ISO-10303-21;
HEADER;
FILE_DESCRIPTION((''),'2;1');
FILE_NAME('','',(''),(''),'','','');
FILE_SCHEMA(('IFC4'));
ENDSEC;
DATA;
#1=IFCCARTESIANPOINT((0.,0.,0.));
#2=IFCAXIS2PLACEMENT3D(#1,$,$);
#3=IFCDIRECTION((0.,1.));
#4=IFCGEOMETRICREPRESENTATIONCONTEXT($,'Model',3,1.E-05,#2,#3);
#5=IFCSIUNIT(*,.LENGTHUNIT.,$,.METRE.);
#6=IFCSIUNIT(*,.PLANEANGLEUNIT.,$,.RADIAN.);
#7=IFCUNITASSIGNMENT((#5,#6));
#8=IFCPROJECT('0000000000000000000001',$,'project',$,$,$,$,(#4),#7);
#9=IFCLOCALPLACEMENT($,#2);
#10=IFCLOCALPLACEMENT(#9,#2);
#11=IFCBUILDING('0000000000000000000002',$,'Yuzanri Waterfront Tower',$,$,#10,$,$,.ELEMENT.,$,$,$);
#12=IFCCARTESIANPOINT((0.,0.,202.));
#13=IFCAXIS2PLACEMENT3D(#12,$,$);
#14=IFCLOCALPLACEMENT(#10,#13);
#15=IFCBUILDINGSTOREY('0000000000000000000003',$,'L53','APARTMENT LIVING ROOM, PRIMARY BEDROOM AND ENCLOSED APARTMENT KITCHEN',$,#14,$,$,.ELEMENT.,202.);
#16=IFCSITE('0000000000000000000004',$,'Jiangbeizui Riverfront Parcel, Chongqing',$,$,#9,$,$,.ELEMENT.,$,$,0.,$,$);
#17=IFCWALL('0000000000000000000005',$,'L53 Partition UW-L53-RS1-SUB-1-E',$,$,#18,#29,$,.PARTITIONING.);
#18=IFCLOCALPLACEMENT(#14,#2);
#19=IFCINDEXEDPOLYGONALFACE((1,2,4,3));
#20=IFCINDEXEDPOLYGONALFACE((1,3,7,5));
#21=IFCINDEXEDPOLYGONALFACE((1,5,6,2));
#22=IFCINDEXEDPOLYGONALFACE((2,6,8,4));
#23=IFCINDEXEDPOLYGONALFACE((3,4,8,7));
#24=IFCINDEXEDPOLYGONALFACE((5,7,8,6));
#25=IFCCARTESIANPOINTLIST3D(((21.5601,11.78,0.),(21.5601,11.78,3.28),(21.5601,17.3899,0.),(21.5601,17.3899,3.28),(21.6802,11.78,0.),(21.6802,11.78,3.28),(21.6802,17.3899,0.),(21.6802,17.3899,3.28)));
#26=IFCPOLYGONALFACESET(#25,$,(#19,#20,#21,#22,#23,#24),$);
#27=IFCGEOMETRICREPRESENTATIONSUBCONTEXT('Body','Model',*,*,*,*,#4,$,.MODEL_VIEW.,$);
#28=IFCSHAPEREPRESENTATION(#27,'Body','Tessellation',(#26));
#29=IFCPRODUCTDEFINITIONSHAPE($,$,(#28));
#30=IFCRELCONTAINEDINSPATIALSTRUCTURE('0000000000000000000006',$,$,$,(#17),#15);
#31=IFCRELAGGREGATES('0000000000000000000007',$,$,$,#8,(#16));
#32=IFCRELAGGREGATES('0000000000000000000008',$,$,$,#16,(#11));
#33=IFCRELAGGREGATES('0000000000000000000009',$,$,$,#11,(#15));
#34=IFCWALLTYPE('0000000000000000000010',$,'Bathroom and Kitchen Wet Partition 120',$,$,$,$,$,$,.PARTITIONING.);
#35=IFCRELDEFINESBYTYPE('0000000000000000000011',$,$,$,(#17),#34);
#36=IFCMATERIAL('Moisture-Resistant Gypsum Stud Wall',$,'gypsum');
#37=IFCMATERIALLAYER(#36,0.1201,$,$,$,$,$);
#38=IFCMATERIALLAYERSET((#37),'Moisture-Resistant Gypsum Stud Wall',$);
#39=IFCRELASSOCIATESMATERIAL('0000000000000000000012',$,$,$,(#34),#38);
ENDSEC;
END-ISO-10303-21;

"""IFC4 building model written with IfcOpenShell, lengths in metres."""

from ifc_helpers import new_model, si_unit, direction, frame, frame_2d, origin, place, context, subcontext, project, spatial, rectangle, extrude, source, transform, mapped, material, layer, layer_set, type_object, element, save


model = new_model("IFC4")

# Units and contexts
model_context = context("Model", 3, precision=1e-05, world=origin(), true_north=direction((0.0, 1.0)))
body_context = subcontext(model_context, "Body", "Model", "MODEL_VIEW")
ifc_project = project(units=[si_unit("LENGTHUNIT", "METRE"), si_unit("PLANEANGLEUNIT", "RADIAN")], contexts=[model_context])

# Site, building, storey
site_placement = place(None, origin())
site = spatial("IfcSite", under=ifc_project, at=site_placement, Name="Jiangbeizui Riverfront Parcel, Chongqing", CompositionType="ELEMENT", RefElevation=0.0)
building_placement = place(site_placement, origin())
building = spatial("IfcBuilding", under=site, at=building_placement, Name="Yuzanri Waterfront Tower", CompositionType="ELEMENT")
storey_placement = place(building_placement, frame((0.0, 0.0, 202.0)))
storey = spatial("IfcBuildingStorey", under=building, at=storey_placement, Name="L53", Description="APARTMENT LIVING ROOM, PRIMARY BEDROOM AND ENCLOSED APARTMENT KITCHEN", CompositionType="ELEMENT", Elevation=202.0)

# Shared definitions
ifc_material_1 = material(Name="Moisture-Resistant Gypsum Stud Wall", Category="gypsum")
ifc_layer_1 = layer(ifc_material_1, 0.1201)
ifc_layer_set_1 = layer_set([ifc_layer_1], Name="Moisture-Resistant Gypsum Stud Wall")
wall_type_1 = type_object("IfcWallType", Name="Bathroom and Kitchen Wet Partition 120", PredefinedType="PARTITIONING", material=ifc_layer_set_1)

# Wall
shared_shape_1 = source(origin(), body_context, "Body", "SweptSolid", [
    extrude(rectangle(XDim=5.6099, YDim=0.1201, at=frame_2d((2.8049, 0.0))), origin(), (0.0, 0.0, 1.0), 3.28),
])
wall_1_placement = place(storey_placement, frame((21.6201, 11.78, 0.0), z_axis=(0.0, 0.0, 1.0), x_axis=(0.0, 1.0, 0.0)))
element("IfcWall", 1, at=wall_1_placement, inside=storey, type_object=wall_type_1, Name="L53 Partition UW-L53-RS1-SUB-1-E", PredefinedType="PARTITIONING", context=body_context, shape_type="MappedRepresentation", body=[
    mapped(shared_shape_1, transform((0.0, 0.0, 0.0), scale=1.0)),
])

save(model, "model.ifc")
